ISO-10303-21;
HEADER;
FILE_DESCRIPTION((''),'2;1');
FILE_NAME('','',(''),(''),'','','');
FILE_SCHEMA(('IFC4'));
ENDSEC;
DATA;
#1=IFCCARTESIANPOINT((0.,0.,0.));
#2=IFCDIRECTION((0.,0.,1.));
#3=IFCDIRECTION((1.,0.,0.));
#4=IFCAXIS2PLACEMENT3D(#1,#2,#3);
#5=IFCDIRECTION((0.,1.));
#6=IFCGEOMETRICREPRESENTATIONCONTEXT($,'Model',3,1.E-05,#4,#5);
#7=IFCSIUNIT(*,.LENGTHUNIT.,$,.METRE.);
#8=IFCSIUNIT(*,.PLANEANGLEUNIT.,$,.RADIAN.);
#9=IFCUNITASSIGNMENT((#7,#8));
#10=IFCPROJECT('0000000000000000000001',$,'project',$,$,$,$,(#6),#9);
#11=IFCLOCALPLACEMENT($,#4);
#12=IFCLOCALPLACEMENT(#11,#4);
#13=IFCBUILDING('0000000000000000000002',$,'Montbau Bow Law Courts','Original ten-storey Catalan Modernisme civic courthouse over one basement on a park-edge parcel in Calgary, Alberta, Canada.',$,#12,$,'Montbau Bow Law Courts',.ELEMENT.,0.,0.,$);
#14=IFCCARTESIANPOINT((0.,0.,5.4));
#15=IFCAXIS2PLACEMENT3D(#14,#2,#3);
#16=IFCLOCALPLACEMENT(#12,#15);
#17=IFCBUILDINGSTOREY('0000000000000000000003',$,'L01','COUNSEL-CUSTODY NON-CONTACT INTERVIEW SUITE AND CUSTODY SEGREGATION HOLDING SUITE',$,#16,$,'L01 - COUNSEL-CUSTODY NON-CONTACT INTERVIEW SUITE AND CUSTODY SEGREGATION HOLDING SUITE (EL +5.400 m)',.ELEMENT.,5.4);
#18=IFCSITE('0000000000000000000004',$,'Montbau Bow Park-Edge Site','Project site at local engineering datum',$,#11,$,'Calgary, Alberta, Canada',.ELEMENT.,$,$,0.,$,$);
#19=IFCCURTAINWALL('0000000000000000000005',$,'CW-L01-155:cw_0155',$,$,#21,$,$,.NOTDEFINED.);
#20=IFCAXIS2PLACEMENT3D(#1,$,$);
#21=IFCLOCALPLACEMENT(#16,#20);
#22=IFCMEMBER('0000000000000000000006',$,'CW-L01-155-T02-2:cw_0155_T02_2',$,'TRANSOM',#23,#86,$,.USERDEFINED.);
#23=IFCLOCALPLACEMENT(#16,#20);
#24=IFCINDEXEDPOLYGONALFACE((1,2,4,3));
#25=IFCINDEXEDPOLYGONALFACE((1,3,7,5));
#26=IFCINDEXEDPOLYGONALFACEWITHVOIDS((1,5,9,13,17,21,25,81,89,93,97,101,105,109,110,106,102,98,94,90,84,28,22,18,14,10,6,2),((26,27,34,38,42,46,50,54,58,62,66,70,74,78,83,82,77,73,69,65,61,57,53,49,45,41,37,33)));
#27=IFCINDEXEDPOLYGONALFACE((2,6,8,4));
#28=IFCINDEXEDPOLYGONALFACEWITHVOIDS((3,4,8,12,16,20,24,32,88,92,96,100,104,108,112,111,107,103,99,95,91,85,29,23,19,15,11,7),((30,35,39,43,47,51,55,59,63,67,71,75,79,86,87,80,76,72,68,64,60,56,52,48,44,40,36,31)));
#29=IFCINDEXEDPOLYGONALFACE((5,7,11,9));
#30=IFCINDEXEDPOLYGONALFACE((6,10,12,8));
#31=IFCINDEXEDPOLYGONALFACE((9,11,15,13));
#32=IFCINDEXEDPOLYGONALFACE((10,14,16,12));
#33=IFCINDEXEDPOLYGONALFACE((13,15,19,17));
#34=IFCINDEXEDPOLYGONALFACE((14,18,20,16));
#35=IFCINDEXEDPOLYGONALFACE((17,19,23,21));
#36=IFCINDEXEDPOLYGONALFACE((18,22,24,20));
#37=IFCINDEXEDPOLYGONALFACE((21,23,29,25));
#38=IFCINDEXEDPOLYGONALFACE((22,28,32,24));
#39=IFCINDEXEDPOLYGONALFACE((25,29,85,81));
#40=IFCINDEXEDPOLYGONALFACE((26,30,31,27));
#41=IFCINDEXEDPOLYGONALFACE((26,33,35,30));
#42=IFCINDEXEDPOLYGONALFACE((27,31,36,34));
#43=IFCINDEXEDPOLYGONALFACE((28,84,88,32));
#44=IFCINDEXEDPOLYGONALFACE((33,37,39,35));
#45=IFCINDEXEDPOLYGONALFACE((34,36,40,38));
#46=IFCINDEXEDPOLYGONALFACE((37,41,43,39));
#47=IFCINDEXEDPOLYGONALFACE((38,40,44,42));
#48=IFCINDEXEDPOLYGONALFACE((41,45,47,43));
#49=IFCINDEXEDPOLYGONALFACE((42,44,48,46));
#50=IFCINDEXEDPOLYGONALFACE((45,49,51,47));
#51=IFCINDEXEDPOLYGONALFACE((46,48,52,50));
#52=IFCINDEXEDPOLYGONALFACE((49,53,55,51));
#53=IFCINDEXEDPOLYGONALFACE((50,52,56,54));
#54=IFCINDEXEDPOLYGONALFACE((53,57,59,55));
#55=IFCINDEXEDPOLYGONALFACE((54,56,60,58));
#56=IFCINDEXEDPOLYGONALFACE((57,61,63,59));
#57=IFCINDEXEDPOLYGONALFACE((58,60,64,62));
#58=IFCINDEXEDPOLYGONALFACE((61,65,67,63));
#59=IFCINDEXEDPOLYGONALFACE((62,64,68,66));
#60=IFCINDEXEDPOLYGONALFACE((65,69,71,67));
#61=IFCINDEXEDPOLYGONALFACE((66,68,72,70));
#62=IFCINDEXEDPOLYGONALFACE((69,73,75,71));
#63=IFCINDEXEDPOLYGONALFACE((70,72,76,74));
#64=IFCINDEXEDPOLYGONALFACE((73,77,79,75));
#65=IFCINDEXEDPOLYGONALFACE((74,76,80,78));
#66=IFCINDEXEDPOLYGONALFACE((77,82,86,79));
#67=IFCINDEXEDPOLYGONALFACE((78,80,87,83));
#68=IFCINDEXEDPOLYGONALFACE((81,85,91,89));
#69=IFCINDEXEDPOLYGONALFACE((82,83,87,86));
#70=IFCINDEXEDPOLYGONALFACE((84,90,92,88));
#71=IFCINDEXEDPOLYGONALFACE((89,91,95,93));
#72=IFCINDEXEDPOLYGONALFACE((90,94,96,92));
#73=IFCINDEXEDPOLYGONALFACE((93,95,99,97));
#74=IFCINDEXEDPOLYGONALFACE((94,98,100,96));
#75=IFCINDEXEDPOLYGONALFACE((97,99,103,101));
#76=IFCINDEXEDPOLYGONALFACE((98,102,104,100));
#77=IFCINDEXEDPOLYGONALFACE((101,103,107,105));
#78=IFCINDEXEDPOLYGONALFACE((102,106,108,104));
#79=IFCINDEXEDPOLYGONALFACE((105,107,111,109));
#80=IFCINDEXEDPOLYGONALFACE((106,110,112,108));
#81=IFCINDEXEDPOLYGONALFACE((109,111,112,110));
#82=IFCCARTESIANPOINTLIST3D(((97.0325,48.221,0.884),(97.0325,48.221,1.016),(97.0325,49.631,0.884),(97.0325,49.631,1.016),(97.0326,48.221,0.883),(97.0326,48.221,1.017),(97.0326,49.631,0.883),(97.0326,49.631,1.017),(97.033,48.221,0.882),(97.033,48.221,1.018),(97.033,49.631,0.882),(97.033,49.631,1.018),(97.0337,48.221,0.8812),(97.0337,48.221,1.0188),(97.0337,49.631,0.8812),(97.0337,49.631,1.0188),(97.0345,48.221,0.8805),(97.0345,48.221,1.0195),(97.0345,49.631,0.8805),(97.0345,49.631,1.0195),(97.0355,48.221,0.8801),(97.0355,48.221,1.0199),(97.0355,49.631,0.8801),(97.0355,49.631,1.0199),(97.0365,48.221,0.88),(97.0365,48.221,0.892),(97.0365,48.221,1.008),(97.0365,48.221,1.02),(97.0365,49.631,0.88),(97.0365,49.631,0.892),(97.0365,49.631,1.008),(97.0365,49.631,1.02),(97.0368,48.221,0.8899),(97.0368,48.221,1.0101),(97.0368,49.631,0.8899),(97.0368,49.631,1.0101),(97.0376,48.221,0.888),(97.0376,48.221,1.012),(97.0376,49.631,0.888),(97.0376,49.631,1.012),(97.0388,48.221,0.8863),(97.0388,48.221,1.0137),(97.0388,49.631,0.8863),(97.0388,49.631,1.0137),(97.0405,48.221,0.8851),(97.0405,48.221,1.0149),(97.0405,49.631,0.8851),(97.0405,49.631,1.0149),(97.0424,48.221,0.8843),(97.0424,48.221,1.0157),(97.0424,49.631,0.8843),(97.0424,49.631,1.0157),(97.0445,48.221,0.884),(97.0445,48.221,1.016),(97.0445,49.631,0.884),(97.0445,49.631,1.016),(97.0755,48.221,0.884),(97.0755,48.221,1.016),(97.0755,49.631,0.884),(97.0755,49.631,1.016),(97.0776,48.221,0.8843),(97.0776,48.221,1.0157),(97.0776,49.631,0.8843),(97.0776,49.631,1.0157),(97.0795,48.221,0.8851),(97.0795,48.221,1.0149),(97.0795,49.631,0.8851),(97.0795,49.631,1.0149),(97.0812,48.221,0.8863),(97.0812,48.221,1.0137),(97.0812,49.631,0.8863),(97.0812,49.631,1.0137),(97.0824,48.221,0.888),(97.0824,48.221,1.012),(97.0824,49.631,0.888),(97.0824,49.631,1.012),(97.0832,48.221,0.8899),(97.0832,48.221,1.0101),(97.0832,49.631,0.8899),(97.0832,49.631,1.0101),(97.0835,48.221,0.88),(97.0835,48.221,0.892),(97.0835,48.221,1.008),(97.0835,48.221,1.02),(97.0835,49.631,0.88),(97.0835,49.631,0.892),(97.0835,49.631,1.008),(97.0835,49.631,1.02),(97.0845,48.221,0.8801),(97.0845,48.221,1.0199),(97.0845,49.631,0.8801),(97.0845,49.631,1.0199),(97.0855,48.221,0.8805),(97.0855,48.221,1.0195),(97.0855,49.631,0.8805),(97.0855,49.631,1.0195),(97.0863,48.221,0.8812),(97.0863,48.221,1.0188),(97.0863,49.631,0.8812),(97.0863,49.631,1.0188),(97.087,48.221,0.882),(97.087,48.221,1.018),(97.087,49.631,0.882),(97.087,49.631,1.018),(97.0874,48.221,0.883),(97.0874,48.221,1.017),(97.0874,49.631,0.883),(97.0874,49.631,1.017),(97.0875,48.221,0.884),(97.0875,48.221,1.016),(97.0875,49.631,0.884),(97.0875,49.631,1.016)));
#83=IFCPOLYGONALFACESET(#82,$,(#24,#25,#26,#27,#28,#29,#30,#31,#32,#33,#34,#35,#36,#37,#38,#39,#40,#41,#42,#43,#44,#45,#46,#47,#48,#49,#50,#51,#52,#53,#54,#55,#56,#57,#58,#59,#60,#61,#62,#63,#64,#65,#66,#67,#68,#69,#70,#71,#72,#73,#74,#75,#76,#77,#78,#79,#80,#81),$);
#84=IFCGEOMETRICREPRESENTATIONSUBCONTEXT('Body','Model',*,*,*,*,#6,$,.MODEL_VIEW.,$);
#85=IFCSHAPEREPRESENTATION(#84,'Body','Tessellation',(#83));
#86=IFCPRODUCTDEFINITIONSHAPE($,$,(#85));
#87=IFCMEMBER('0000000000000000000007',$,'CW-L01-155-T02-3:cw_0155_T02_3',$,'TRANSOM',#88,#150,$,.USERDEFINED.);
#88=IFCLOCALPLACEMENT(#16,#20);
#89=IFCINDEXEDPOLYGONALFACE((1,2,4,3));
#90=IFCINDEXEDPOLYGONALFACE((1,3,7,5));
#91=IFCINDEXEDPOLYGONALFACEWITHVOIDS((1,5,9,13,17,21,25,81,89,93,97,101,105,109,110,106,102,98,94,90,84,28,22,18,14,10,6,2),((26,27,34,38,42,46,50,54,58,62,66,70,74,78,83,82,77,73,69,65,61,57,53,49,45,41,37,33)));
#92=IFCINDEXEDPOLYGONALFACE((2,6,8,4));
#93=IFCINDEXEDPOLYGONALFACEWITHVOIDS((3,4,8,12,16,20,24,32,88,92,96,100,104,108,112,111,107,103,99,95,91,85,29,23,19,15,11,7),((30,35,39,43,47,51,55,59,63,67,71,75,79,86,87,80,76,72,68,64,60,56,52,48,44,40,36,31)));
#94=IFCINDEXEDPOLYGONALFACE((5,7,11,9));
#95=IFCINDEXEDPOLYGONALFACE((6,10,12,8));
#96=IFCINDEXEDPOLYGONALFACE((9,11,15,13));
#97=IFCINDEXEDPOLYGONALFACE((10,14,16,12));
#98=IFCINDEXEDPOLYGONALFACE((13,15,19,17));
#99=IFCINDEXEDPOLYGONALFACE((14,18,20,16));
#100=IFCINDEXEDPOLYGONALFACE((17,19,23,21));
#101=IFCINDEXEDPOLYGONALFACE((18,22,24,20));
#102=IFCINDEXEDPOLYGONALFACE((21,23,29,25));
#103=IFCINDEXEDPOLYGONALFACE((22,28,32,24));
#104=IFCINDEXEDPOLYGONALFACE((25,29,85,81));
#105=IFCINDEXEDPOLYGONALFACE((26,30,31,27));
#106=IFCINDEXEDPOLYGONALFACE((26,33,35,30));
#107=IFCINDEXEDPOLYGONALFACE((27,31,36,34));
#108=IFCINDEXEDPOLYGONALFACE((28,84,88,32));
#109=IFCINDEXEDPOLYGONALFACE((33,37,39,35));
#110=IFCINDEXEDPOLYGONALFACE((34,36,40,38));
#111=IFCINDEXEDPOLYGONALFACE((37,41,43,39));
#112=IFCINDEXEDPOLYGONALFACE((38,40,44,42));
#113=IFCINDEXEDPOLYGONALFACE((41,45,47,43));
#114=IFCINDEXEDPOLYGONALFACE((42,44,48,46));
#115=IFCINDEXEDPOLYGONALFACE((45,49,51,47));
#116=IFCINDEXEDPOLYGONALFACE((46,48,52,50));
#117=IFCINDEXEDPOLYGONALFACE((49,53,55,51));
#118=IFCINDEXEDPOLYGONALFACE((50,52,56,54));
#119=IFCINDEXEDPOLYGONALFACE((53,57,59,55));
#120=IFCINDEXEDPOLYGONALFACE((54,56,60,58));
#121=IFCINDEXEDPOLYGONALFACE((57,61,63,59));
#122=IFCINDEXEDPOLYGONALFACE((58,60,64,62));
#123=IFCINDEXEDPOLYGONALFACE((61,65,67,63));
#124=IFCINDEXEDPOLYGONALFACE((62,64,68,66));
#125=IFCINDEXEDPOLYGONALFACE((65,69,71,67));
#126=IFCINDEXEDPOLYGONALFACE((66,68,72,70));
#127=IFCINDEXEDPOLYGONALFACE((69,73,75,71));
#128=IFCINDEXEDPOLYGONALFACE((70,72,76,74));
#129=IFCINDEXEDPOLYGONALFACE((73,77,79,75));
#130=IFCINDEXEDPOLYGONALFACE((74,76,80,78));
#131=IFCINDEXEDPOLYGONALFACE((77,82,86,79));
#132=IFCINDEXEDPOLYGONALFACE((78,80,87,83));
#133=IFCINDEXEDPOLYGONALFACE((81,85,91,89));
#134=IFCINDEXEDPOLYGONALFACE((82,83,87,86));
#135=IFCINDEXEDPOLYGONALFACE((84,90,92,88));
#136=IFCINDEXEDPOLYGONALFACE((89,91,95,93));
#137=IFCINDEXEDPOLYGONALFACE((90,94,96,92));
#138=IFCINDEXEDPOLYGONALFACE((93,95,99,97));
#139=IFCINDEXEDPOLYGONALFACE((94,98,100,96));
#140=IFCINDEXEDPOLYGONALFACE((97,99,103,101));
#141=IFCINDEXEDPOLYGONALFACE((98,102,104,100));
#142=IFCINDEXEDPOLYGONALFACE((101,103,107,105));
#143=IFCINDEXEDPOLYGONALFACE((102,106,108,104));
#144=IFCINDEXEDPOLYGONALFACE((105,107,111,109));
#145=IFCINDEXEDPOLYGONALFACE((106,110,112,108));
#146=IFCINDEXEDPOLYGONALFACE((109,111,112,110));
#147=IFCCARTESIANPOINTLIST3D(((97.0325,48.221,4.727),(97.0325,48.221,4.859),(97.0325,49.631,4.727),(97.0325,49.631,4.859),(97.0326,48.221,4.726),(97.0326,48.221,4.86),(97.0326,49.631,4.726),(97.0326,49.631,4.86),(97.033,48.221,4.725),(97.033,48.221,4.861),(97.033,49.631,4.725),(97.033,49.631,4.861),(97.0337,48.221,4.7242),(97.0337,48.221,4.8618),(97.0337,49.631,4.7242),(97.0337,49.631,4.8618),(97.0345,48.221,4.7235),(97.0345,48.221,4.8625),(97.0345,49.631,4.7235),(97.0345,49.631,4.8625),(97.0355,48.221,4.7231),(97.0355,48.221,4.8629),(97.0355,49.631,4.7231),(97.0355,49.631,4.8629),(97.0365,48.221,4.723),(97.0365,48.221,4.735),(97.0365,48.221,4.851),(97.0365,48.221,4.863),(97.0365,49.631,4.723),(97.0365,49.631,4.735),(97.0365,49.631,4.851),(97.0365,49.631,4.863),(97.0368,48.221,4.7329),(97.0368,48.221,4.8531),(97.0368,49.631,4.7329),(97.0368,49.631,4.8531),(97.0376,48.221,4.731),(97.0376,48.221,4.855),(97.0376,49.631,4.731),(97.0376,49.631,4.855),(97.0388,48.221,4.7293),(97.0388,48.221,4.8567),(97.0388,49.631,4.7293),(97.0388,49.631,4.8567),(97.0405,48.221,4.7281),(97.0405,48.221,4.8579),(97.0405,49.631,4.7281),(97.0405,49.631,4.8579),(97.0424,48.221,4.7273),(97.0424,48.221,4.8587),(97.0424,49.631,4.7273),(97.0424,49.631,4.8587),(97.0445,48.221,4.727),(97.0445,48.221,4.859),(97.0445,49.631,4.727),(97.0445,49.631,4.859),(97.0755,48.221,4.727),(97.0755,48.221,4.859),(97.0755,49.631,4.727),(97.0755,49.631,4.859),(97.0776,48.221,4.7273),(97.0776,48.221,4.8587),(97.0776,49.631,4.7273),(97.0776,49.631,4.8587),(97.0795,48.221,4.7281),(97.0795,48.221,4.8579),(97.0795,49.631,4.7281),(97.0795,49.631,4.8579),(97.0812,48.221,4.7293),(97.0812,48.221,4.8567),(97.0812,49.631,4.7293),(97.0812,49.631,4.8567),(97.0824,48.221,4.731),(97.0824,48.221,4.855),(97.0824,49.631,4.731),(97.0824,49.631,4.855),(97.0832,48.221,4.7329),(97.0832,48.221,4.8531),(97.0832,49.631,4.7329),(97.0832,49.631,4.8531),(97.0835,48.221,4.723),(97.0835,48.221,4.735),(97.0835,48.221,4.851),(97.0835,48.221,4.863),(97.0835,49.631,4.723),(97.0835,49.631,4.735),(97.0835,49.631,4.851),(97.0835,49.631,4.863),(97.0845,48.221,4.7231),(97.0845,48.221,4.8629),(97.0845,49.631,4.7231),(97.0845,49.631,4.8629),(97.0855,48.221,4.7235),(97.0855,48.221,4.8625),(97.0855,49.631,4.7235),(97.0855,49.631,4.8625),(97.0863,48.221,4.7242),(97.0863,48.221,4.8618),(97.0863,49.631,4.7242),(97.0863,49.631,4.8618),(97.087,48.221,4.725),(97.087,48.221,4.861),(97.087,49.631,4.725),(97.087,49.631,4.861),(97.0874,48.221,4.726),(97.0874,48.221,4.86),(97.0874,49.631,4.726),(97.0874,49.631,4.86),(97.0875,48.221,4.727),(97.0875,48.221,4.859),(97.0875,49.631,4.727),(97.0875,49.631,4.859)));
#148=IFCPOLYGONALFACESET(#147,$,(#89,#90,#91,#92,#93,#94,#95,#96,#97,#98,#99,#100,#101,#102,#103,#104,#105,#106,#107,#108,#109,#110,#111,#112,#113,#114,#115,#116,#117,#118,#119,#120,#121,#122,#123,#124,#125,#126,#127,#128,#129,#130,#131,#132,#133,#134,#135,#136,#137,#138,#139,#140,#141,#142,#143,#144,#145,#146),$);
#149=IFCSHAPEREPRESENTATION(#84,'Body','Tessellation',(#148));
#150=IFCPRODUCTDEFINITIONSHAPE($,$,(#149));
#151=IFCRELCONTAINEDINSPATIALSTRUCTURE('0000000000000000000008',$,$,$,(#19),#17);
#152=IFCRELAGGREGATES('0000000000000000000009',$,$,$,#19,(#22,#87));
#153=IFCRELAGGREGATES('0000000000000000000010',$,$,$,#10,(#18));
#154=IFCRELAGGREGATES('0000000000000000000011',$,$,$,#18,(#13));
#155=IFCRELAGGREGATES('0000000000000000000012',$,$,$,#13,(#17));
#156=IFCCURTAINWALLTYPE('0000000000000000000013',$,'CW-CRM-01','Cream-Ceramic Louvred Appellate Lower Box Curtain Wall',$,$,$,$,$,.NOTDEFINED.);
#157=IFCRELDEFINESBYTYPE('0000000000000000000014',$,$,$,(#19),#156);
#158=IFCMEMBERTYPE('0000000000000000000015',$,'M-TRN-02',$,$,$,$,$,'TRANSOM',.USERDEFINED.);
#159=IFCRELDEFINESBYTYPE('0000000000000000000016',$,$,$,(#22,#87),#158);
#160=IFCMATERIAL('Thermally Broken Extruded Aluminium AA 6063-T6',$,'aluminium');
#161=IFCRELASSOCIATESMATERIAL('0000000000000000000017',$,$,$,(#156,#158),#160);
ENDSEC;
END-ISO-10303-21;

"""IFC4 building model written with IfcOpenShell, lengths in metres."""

from ifc_helpers import new_model, si_unit, direction, frame, origin_with_axes, origin_2d_with_axis, place, context, subcontext, project, spatial, hollow_rectangle, extrude, material, material_profile, profile_set, type_object, element, aggregate, save


model = new_model("IFC4")

# Units and contexts
model_context = context("Model", 3, precision=1e-05, world=origin_with_axes(), true_north=direction((0.0, 1.0)))
body_context = subcontext(model_context, "Body", "Model", "MODEL_VIEW")
ifc_project = project(units=[si_unit("LENGTHUNIT", "METRE"), si_unit("PLANEANGLEUNIT", "RADIAN")], contexts=[model_context])

# Site, building, storey
site_placement = place(None, origin_with_axes())
site = spatial("IfcSite", under=ifc_project, at=site_placement, Name="Montbau Bow Park-Edge Site", Description="Project site at local engineering datum", LongName="Calgary, Alberta, Canada", CompositionType="ELEMENT", RefElevation=0.0)
building_placement = place(site_placement, origin_with_axes())
building = spatial("IfcBuilding", under=site, at=building_placement, Name="Montbau Bow Law Courts", Description="Original ten-storey Catalan Modernisme civic courthouse over one basement on a park-edge parcel in Calgary, Alberta, Canada.", LongName="Montbau Bow Law Courts", CompositionType="ELEMENT", ElevationOfRefHeight=0.0, ElevationOfTerrain=0.0)
storey_placement = place(building_placement, frame((0.0, 0.0, 5.4), z_axis=(0.0, 0.0, 1.0), x_axis=(1.0, 0.0, 0.0)))
storey = spatial("IfcBuildingStorey", under=building, at=storey_placement, Name="L01", Description="COUNSEL-CUSTODY NON-CONTACT INTERVIEW SUITE AND CUSTODY SEGREGATION HOLDING SUITE", LongName="L01 - COUNSEL-CUSTODY NON-CONTACT INTERVIEW SUITE AND CUSTODY SEGREGATION HOLDING SUITE (EL +5.400 m)", CompositionType="ELEMENT", Elevation=5.4)

# Curtain wall
ifc_material_1 = material(Name="Thermally Broken Extruded Aluminium AA 6063-T6", Category="aluminium")
curtain_wall_type = type_object("IfcCurtainWallType", Name="CW-CRM-01", Description="Cream-Ceramic Louvred Appellate Lower Box Curtain Wall", PredefinedType="NOTDEFINED", material=ifc_material_1)
curtain_wall_1_placement = place(None, frame((97.06, 46.715, 5.4), z_axis=(0.0, 0.0, 1.0), x_axis=(1.0, 0.0, 0.0)))
curtain_wall_1 = element("IfcCurtainWall", 1, at=curtain_wall_1_placement, inside=storey, type_object=curtain_wall_type, Name="CW-L01-155:cw_0155", PredefinedType="NOTDEFINED")

# Members
ifc_material_profile_1 = material_profile(ifc_material_1, hollow_rectangle(XDim=0.055, YDim=0.14, WallThickness=0.004, InnerFilletRadius=0.008, OuterFilletRadius=0.004, at=origin_2d_with_axis()), Name="CWT-140X55", Category="Main", Priority=0)
ifc_profile_set_1 = profile_set([ifc_material_profile_1], Name="Thermally Broken Extruded Aluminium AA 6063-T6")
member_type_1 = type_object("IfcMemberType", Name="M-TRN-02", ElementType="TRANSOM", PredefinedType="USERDEFINED", material=ifc_profile_set_1)
member_1_placement = place(None, frame((97.06, 48.221, 6.35), z_axis=(0.0, 1.0, 0.0), x_axis=(-1.0, 0.0, 0.0)))
member_1 = element("IfcMember", 2, at=member_1_placement, type_object=member_type_1, Name="CW-L01-155-T02-2:cw_0155_T02_2", ObjectType="TRANSOM", PredefinedType="USERDEFINED", context=body_context, shape_type="SweptSolid", body=[
    extrude(hollow_rectangle(XDim=0.055, YDim=0.14, WallThickness=0.004, InnerFilletRadius=0.008, OuterFilletRadius=0.004, at=origin_2d_with_axis()), origin_with_axes(), (0.0, 0.0, 1.0), 1.41),
])
member_2_placement = place(None, frame((97.06, 48.221, 10.193), z_axis=(0.0, 1.0, 0.0), x_axis=(-1.0, 0.0, 0.0)))
member_2 = element("IfcMember", 3, at=member_2_placement, type_object=member_type_1, Name="CW-L01-155-T02-3:cw_0155_T02_3", ObjectType="TRANSOM", PredefinedType="USERDEFINED", context=body_context, shape_type="SweptSolid", body=[
    extrude(hollow_rectangle(XDim=0.055, YDim=0.14, WallThickness=0.004, InnerFilletRadius=0.008, OuterFilletRadius=0.004, at=origin_2d_with_axis()), origin_with_axes(), (0.0, 0.0, 1.0), 1.41),
])

aggregate(curtain_wall_1, [member_1, member_2])

save(model, "model.ifc")
